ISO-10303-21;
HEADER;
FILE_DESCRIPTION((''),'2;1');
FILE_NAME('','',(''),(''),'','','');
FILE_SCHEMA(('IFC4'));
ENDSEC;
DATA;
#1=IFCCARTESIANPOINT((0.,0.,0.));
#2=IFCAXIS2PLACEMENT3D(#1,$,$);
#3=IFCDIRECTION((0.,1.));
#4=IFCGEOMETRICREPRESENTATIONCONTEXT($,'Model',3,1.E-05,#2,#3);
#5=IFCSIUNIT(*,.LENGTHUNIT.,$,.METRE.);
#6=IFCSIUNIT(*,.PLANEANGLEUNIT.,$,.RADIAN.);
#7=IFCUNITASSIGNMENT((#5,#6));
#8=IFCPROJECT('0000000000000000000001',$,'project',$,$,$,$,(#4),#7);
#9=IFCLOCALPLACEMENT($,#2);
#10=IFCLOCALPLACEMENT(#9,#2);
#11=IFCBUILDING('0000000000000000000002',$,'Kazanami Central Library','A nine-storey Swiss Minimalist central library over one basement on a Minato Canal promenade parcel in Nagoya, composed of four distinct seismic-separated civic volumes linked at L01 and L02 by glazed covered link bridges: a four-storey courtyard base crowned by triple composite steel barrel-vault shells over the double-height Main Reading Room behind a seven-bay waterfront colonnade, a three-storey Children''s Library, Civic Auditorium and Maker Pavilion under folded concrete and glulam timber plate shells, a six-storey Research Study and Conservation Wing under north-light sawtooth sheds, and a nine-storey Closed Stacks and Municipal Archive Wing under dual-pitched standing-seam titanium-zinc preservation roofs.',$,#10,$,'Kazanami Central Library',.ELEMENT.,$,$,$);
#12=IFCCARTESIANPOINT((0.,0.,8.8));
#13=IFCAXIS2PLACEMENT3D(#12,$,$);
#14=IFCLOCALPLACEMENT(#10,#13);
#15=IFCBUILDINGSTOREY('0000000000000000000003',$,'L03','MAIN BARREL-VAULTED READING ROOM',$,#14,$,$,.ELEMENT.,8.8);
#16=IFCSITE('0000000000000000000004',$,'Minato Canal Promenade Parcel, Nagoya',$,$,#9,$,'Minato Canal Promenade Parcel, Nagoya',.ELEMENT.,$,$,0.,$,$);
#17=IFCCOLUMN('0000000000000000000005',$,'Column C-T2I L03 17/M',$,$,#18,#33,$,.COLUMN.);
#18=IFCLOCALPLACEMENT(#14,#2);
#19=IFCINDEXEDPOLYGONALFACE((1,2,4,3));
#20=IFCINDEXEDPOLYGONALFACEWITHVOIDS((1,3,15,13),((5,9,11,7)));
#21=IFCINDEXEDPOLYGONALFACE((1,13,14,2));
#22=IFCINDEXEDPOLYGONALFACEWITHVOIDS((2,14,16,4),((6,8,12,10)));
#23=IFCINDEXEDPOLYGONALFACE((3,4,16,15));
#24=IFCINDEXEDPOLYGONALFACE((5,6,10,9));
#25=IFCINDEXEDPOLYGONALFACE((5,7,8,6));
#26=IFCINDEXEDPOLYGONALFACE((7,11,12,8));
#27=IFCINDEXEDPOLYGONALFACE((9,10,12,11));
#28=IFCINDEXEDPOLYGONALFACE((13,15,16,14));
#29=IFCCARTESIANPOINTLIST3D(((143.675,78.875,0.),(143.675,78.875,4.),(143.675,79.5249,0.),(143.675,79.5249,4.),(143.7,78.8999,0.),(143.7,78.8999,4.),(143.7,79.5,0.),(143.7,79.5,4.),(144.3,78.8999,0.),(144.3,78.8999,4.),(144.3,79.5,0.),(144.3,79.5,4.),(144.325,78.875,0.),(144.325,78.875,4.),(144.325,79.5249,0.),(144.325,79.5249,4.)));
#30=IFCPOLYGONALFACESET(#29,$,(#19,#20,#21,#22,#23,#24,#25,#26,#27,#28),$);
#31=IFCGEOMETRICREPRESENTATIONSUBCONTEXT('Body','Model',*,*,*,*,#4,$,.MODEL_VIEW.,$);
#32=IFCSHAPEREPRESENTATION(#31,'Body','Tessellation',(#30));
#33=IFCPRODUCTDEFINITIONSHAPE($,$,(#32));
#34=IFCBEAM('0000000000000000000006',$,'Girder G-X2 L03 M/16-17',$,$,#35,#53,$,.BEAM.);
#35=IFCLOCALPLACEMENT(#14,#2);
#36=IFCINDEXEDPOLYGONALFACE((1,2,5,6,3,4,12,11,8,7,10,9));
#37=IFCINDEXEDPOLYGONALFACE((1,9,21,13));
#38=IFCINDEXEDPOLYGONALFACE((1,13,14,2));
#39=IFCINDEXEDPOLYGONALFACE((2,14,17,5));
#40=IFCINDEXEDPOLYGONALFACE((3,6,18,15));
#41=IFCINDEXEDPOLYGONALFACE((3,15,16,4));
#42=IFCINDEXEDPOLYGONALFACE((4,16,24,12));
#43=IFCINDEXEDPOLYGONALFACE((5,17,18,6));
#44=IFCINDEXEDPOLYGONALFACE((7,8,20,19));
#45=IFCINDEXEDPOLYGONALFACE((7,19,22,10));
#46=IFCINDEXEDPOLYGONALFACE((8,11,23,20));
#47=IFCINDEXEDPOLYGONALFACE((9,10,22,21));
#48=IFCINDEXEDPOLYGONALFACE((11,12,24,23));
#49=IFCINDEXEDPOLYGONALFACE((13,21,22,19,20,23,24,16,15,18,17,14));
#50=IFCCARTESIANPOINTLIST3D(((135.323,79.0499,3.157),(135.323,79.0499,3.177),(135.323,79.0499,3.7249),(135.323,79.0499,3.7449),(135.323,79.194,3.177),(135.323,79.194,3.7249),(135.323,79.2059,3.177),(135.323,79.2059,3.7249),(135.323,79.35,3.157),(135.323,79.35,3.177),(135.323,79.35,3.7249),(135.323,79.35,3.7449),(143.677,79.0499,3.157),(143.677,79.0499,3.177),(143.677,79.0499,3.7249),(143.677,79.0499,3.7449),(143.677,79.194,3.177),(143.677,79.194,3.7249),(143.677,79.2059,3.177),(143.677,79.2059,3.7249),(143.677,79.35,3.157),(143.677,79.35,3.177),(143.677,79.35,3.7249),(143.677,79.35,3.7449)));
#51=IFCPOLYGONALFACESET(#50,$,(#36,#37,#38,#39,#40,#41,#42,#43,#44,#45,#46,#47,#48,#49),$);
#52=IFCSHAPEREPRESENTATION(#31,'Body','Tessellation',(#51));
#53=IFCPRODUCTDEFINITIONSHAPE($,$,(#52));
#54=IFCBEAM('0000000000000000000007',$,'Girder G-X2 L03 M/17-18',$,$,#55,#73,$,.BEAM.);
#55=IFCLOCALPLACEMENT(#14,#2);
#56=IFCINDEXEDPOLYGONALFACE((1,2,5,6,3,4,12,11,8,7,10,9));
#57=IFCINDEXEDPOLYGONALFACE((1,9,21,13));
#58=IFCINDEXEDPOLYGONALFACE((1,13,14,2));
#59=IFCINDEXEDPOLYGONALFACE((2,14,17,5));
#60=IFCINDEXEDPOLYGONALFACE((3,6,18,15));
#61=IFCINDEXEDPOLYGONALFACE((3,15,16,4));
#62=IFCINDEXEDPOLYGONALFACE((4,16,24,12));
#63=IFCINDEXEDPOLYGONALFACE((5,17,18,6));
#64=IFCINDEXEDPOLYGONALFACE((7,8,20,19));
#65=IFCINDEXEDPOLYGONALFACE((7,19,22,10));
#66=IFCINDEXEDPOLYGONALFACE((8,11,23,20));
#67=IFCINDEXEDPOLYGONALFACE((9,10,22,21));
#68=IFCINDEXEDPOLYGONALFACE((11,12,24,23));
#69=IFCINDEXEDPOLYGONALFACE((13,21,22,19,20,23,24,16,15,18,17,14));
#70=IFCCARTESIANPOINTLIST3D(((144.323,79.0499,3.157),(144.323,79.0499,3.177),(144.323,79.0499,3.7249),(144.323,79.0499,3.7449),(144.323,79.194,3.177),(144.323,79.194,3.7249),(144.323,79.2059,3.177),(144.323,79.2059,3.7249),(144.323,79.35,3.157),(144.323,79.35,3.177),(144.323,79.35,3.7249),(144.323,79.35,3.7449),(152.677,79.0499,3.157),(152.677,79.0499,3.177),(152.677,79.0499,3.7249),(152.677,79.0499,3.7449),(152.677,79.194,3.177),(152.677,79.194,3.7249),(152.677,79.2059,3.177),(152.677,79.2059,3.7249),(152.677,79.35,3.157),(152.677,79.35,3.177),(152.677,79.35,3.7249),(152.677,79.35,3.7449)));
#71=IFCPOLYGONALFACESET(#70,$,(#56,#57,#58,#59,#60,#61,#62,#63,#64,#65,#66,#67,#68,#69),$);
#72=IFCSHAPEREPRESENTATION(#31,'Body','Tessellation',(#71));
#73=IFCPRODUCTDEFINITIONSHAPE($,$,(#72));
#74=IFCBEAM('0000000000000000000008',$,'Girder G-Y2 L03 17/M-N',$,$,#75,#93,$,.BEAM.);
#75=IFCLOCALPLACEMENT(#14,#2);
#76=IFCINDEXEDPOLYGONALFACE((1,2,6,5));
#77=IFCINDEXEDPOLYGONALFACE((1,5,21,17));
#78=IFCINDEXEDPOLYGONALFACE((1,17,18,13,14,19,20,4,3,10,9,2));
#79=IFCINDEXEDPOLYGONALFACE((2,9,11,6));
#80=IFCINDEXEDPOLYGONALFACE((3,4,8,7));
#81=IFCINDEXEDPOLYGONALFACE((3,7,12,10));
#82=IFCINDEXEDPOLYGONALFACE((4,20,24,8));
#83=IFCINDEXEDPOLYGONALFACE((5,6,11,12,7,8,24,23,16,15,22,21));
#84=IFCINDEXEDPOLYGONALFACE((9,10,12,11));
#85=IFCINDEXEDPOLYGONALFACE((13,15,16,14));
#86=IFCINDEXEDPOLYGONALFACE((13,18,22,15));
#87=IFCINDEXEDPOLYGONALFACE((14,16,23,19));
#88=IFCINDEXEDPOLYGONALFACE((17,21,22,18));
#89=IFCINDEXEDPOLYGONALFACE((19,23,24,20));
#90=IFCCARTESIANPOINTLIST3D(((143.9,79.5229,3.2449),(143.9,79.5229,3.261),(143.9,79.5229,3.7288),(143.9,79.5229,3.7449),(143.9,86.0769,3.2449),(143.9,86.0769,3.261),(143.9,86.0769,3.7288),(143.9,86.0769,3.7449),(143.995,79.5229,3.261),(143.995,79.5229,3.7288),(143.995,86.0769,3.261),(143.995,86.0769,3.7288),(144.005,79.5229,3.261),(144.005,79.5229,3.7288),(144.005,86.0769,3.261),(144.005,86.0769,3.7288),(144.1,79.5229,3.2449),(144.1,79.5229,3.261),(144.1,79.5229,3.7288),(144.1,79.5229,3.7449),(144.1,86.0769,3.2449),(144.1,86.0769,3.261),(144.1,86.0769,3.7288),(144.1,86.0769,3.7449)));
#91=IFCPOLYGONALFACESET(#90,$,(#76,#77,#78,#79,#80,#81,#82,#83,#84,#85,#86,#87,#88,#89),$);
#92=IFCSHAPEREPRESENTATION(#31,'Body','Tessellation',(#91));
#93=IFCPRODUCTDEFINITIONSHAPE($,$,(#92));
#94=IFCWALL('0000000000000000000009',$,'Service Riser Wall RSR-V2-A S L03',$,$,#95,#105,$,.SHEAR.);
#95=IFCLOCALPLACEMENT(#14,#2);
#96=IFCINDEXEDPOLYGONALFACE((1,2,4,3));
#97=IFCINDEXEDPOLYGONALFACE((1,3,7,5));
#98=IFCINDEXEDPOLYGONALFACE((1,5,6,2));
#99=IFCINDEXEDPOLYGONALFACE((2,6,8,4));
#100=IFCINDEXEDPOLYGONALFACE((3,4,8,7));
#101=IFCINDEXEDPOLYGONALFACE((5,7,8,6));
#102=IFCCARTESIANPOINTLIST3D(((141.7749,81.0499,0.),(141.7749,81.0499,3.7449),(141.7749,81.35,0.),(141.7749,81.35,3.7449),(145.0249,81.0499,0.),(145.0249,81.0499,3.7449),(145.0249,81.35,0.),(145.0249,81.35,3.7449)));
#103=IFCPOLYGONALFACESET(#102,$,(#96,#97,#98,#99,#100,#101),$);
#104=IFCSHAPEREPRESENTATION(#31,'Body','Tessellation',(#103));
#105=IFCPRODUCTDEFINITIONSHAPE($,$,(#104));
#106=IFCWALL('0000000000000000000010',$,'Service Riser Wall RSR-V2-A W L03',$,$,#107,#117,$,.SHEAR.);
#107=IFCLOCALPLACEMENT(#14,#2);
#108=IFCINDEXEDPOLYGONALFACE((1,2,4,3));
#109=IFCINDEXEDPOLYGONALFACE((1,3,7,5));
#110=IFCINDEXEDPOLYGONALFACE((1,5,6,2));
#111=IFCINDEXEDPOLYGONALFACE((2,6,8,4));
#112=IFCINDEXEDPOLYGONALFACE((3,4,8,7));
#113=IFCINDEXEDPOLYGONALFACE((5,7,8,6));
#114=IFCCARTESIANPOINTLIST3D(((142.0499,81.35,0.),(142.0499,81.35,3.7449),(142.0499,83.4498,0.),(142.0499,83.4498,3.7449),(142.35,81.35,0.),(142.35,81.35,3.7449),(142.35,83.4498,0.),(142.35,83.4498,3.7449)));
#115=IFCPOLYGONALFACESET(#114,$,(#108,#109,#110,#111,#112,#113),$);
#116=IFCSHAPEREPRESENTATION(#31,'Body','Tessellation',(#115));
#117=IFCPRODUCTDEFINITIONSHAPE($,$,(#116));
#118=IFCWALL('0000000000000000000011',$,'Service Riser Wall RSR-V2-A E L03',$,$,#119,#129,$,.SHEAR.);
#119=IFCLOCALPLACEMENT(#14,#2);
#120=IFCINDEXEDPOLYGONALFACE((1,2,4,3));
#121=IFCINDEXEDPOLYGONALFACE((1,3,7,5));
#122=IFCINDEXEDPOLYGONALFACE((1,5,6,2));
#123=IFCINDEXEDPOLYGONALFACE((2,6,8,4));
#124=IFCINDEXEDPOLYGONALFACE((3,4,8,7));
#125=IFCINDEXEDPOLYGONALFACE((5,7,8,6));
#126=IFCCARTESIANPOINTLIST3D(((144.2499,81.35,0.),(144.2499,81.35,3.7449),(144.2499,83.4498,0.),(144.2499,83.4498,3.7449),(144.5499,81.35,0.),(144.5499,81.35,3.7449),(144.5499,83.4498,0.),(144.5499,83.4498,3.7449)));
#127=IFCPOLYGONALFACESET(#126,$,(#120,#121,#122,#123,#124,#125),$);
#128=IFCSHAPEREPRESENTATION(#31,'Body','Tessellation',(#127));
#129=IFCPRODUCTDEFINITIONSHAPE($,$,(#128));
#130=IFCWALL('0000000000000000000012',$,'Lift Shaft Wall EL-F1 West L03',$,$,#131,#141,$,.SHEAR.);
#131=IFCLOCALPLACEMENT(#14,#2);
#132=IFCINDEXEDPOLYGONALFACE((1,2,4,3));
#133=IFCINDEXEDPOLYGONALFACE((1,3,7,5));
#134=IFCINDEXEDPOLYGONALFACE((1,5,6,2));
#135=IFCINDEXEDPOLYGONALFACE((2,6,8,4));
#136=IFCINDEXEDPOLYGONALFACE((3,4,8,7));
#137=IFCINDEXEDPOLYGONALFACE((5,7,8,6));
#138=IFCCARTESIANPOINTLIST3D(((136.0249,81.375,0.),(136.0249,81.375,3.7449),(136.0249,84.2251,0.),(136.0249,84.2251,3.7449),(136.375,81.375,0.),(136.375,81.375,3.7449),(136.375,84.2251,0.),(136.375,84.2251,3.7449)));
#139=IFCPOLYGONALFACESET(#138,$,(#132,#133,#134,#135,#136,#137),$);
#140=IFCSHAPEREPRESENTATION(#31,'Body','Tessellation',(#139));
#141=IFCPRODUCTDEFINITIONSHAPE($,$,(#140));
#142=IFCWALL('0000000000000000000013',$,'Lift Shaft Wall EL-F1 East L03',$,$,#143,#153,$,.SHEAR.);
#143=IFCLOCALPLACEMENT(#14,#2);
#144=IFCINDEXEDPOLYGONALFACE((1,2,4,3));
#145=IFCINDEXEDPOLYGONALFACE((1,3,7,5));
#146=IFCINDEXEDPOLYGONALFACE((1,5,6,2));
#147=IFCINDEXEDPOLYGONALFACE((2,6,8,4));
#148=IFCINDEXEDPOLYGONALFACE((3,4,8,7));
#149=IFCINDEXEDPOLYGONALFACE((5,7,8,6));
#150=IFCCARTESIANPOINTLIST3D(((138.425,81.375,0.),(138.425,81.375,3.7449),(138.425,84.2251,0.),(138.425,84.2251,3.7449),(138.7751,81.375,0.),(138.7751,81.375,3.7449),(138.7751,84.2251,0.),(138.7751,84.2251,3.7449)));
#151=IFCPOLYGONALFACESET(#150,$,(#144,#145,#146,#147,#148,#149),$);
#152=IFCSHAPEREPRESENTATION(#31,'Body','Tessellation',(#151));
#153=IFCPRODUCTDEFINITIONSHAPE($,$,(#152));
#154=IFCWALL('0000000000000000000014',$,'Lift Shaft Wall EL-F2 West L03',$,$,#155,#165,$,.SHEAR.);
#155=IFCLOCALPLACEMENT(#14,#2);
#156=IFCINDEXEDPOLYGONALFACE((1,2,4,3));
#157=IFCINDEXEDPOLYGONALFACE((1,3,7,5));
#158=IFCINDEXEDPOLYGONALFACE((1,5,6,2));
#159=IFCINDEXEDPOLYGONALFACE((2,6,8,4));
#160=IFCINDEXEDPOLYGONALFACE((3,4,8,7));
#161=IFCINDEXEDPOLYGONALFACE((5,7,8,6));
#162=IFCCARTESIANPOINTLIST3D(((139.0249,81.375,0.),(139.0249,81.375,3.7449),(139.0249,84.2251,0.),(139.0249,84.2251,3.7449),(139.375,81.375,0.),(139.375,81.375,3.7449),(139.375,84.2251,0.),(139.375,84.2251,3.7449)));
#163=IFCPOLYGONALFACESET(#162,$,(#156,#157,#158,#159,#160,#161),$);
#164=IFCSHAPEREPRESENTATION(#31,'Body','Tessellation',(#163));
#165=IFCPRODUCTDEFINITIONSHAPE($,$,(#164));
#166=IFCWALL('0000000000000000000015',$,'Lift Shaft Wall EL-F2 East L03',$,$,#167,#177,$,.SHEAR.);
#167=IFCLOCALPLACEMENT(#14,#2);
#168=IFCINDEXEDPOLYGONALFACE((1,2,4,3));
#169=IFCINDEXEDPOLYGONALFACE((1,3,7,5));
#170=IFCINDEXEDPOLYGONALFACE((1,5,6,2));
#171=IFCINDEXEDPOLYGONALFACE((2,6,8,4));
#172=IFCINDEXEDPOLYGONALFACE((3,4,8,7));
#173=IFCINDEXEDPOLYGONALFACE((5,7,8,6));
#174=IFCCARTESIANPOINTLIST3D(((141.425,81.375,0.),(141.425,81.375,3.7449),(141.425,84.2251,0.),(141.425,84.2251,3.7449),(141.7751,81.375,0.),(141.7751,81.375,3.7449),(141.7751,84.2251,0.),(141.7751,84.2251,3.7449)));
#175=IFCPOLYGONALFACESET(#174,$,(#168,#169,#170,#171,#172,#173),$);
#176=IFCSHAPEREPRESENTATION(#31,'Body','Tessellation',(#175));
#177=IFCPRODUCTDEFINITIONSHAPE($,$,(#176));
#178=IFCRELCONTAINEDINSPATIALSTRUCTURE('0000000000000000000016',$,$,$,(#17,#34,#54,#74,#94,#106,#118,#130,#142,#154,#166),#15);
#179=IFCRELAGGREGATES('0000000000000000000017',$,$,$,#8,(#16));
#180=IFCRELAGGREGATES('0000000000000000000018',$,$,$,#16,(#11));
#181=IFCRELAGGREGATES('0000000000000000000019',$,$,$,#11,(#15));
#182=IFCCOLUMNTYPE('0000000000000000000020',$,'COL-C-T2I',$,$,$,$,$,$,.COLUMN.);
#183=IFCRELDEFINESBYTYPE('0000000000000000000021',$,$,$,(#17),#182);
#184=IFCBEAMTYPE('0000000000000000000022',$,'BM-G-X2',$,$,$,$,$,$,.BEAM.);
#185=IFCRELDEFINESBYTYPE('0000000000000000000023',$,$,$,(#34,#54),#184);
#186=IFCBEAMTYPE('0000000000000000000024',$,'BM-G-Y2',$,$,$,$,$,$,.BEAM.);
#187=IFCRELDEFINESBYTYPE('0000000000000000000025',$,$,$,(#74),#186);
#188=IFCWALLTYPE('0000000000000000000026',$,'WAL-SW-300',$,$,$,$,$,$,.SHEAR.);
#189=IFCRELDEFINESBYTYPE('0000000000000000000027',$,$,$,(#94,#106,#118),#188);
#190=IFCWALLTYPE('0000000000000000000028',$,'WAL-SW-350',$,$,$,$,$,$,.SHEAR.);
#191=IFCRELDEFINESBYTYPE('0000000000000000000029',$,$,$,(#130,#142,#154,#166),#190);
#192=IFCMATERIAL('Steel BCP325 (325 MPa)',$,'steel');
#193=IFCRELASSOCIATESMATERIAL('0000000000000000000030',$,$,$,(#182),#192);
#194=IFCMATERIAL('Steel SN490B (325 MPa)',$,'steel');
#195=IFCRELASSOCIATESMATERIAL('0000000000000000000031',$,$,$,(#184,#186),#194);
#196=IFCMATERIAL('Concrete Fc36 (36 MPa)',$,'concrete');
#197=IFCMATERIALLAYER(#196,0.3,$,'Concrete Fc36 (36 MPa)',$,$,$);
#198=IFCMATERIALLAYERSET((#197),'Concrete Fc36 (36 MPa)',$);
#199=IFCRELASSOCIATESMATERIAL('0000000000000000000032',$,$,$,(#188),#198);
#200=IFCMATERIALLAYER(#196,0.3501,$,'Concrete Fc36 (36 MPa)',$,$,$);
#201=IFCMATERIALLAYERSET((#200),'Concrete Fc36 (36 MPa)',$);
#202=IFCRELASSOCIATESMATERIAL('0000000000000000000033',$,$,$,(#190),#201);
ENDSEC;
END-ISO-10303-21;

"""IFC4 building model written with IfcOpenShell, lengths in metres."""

from ifc_helpers import new_model, si_unit, direction, frame, frame_2d, origin, origin_2d, place, context, subcontext, project, spatial, rectangle, hollow_rectangle, i_section, extrude, material, layer, layer_set, material_profile, profile_set, type_object, element, save


model = new_model("IFC4")

# Units and contexts
model_context = context("Model", 3, precision=1e-05, world=origin(), true_north=direction((0.0, 1.0)))
body_context = subcontext(model_context, "Body", "Model", "MODEL_VIEW")
ifc_project = project(units=[si_unit("LENGTHUNIT", "METRE"), si_unit("PLANEANGLEUNIT", "RADIAN")], contexts=[model_context])

# Site, building, storey
site_placement = place(None, origin())
site = spatial("IfcSite", under=ifc_project, at=site_placement, Name="Minato Canal Promenade Parcel, Nagoya", LongName="Minato Canal Promenade Parcel, Nagoya", CompositionType="ELEMENT", RefElevation=0.0)
building_placement = place(site_placement, origin())
building = spatial("IfcBuilding", under=site, at=building_placement, Name="Kazanami Central Library", Description="A nine-storey Swiss Minimalist central library over one basement on a Minato Canal promenade parcel in Nagoya, composed of four distinct seismic-separated civic volumes linked at L01 and L02 by glazed covered link bridges: a four-storey courtyard base crowned by triple composite steel barrel-vault shells over the double-height Main Reading Room behind a seven-bay waterfront colonnade, a three-storey Children's Library, Civic Auditorium and Maker Pavilion under folded concrete and glulam timber plate shells, a six-storey Research Study and Conservation Wing under north-light sawtooth sheds, and a nine-storey Closed Stacks and Municipal Archive Wing under dual-pitched standing-seam titanium-zinc preservation roofs.", LongName="Kazanami Central Library", CompositionType="ELEMENT")
storey_placement = place(building_placement, frame((0.0, 0.0, 8.8)))
storey = spatial("IfcBuildingStorey", under=building, at=storey_placement, Name="L03", Description="MAIN BARREL-VAULTED READING ROOM", CompositionType="ELEMENT", Elevation=8.8)

# Column
ifc_material_1 = material(Name="Steel BCP325 (325 MPa)", Category="steel")
ifc_material_profile_1 = material_profile(ifc_material_1, hollow_rectangle(XDim=0.6499, YDim=0.6499, WallThickness=0.0249, at=origin_2d()), Name="BCP-650x650x25")
ifc_profile_set_1 = profile_set([ifc_material_profile_1], Name="Steel BCP325 (325 MPa)")
column_type = type_object("IfcColumnType", Name="COL-C-T2I", PredefinedType="COLUMN", material=ifc_profile_set_1)
column_placement = place(storey_placement, frame((144.0, 79.2, 0.0), z_axis=(0.0, 0.0, 1.0), x_axis=(1.0, 0.0, 0.0)))
element("IfcColumn", 1, at=column_placement, inside=storey, type_object=column_type, Name="Column C-T2I L03 17/M", PredefinedType="COLUMN", context=body_context, shape_type="SweptSolid", body=[
    extrude(hollow_rectangle(XDim=0.6499, YDim=0.6499, WallThickness=0.0249, at=origin_2d()), origin(), (0.0, 0.0, 1.0), 4.0),
])

# Beams
ifc_material_2 = material(Name="Steel SN490B (325 MPa)", Category="steel")
ifc_material_profile_2 = material_profile(ifc_material_2, i_section(OverallWidth=0.3, OverallDepth=0.5879, WebThickness=0.012, FlangeThickness=0.02, at=origin_2d()), Name="H-588x300x12x20")
ifc_profile_set_2 = profile_set([ifc_material_profile_2], Name="Steel SN490B (325 MPa)")
beam_type_1 = type_object("IfcBeamType", Name="BM-G-X2", PredefinedType="BEAM", material=ifc_profile_set_2)
for number, where, z_axis, x_axis, name in (
    (2, (135.323, 79.2, 3.4509), (1.0, 0.0, 0.0), (0.0, 1.0, 0.0), "Girder G-X2 L03 M/16-17"),
    (3, (144.323, 79.2, 3.4509), (1.0, 0.0, 0.0), (0.0, 1.0, 0.0), "Girder G-X2 L03 M/17-18"),
):
    element("IfcBeam", number, at=place(storey_placement, frame(where, z_axis=z_axis, x_axis=x_axis)), inside=storey, type_object=beam_type_1, Name=name, PredefinedType="BEAM", context=body_context, shape_type="SweptSolid", body=[
        extrude(i_section(OverallWidth=0.3, OverallDepth=0.5879, WebThickness=0.012, FlangeThickness=0.02, at=origin_2d()), origin(), (0.0, 0.0, 1.0), 8.354),
    ])
ifc_material_profile_3 = material_profile(ifc_material_2, i_section(OverallWidth=0.2, OverallDepth=0.5, WebThickness=0.01, FlangeThickness=0.0161, at=origin_2d()), Name="H-500x200x10x16")
ifc_profile_set_3 = profile_set([ifc_material_profile_3], Name="Steel SN490B (325 MPa)")
beam_type_2 = type_object("IfcBeamType", Name="BM-G-Y2", PredefinedType="BEAM", material=ifc_profile_set_3)
beam_placement = place(storey_placement, frame((144.0, 79.5229, 3.4949), z_axis=(0.0, 1.0, 0.0), x_axis=(-1.0, 0.0, 0.0)))
element("IfcBeam", 4, at=beam_placement, inside=storey, type_object=beam_type_2, Name="Girder G-Y2 L03 17/M-N", PredefinedType="BEAM", context=body_context, shape_type="SweptSolid", body=[
    extrude(i_section(OverallWidth=0.2, OverallDepth=0.5, WebThickness=0.01, FlangeThickness=0.0161, at=origin_2d()), origin(), (0.0, 0.0, 1.0), 6.554),
])

# Walls
ifc_material_3 = material(Name="Concrete Fc36 (36 MPa)", Category="concrete")
ifc_layer_1 = layer(ifc_material_3, 0.3, Name="Concrete Fc36 (36 MPa)")
ifc_layer_set_1 = layer_set([ifc_layer_1], Name="Concrete Fc36 (36 MPa)")
wall_type_1 = type_object("IfcWallType", Name="WAL-SW-300", PredefinedType="SHEAR", material=ifc_layer_set_1)
wall_1_placement = place(storey_placement, frame((141.7749, 81.2, 0.0), z_axis=(0.0, 0.0, 1.0), x_axis=(1.0, 0.0, 0.0)))
element("IfcWall", 5, at=wall_1_placement, inside=storey, type_object=wall_type_1, Name="Service Riser Wall RSR-V2-A S L03", PredefinedType="SHEAR", context=body_context, shape_type="SweptSolid", body=[
    extrude(rectangle(XDim=3.25, YDim=0.3, at=frame_2d((1.625, 0.0))), origin(), (0.0, 0.0, 1.0), 3.7449),
])
for number, where, z_axis, x_axis, name in (
    (6, (142.2, 81.3501, 0.0), (0.0, 0.0, 1.0), (0.0, 1.0, 0.0), "Service Riser Wall RSR-V2-A W L03"),
    (7, (144.3999, 81.3501, 0.0), (0.0, 0.0, 1.0), (0.0, 1.0, 0.0), "Service Riser Wall RSR-V2-A E L03"),
):
    element("IfcWall", number, at=place(storey_placement, frame(where, z_axis=z_axis, x_axis=x_axis)), inside=storey, type_object=wall_type_1, Name=name, PredefinedType="SHEAR", context=body_context, shape_type="SweptSolid", body=[
        extrude(rectangle(XDim=2.0999, YDim=0.3, at=frame_2d((1.0498, 0.0))), origin(), (0.0, 0.0, 1.0), 3.7449),
    ])

# Shared definitions
ifc_layer_2 = layer(ifc_material_3, 0.3501, Name="Concrete Fc36 (36 MPa)")
ifc_layer_set_2 = layer_set([ifc_layer_2], Name="Concrete Fc36 (36 MPa)")
wall_type_2 = type_object("IfcWallType", Name="WAL-SW-350", PredefinedType="SHEAR", material=ifc_layer_set_2)

# Walls
for number, where, z_axis, x_axis, name in (
    (8, (136.2, 81.375, 0.0), (0.0, 0.0, 1.0), (0.0, 1.0, 0.0), "Lift Shaft Wall EL-F1 West L03"),
    (9, (138.6001, 81.375, 0.0), (0.0, 0.0, 1.0), (0.0, 1.0, 0.0), "Lift Shaft Wall EL-F1 East L03"),
):
    element("IfcWall", number, at=place(storey_placement, frame(where, z_axis=z_axis, x_axis=x_axis)), inside=storey, type_object=wall_type_2, Name=name, PredefinedType="SHEAR", context=body_context, shape_type="SweptSolid", body=[
        extrude(rectangle(XDim=2.8501, YDim=0.3501, at=frame_2d((1.425, 0.0))), origin(), (0.0, 0.0, 1.0), 3.7449),
    ])

# Walls
for number, where, z_axis, x_axis, name in (
    (10, (139.2, 81.375, 0.0), (0.0, 0.0, 1.0), (0.0, 1.0, 0.0), "Lift Shaft Wall EL-F2 West L03"),
    (11, (141.6001, 81.375, 0.0), (0.0, 0.0, 1.0), (0.0, 1.0, 0.0), "Lift Shaft Wall EL-F2 East L03"),
):
    element("IfcWall", number, at=place(storey_placement, frame(where, z_axis=z_axis, x_axis=x_axis)), inside=storey, type_object=wall_type_2, Name=name, PredefinedType="SHEAR", context=body_context, shape_type="SweptSolid", body=[
        extrude(rectangle(XDim=2.8501, YDim=0.3501, at=frame_2d((1.425, 0.0))), origin(), (0.0, 0.0, 1.0), 3.7449),
    ])

save(model, "model.ifc")
